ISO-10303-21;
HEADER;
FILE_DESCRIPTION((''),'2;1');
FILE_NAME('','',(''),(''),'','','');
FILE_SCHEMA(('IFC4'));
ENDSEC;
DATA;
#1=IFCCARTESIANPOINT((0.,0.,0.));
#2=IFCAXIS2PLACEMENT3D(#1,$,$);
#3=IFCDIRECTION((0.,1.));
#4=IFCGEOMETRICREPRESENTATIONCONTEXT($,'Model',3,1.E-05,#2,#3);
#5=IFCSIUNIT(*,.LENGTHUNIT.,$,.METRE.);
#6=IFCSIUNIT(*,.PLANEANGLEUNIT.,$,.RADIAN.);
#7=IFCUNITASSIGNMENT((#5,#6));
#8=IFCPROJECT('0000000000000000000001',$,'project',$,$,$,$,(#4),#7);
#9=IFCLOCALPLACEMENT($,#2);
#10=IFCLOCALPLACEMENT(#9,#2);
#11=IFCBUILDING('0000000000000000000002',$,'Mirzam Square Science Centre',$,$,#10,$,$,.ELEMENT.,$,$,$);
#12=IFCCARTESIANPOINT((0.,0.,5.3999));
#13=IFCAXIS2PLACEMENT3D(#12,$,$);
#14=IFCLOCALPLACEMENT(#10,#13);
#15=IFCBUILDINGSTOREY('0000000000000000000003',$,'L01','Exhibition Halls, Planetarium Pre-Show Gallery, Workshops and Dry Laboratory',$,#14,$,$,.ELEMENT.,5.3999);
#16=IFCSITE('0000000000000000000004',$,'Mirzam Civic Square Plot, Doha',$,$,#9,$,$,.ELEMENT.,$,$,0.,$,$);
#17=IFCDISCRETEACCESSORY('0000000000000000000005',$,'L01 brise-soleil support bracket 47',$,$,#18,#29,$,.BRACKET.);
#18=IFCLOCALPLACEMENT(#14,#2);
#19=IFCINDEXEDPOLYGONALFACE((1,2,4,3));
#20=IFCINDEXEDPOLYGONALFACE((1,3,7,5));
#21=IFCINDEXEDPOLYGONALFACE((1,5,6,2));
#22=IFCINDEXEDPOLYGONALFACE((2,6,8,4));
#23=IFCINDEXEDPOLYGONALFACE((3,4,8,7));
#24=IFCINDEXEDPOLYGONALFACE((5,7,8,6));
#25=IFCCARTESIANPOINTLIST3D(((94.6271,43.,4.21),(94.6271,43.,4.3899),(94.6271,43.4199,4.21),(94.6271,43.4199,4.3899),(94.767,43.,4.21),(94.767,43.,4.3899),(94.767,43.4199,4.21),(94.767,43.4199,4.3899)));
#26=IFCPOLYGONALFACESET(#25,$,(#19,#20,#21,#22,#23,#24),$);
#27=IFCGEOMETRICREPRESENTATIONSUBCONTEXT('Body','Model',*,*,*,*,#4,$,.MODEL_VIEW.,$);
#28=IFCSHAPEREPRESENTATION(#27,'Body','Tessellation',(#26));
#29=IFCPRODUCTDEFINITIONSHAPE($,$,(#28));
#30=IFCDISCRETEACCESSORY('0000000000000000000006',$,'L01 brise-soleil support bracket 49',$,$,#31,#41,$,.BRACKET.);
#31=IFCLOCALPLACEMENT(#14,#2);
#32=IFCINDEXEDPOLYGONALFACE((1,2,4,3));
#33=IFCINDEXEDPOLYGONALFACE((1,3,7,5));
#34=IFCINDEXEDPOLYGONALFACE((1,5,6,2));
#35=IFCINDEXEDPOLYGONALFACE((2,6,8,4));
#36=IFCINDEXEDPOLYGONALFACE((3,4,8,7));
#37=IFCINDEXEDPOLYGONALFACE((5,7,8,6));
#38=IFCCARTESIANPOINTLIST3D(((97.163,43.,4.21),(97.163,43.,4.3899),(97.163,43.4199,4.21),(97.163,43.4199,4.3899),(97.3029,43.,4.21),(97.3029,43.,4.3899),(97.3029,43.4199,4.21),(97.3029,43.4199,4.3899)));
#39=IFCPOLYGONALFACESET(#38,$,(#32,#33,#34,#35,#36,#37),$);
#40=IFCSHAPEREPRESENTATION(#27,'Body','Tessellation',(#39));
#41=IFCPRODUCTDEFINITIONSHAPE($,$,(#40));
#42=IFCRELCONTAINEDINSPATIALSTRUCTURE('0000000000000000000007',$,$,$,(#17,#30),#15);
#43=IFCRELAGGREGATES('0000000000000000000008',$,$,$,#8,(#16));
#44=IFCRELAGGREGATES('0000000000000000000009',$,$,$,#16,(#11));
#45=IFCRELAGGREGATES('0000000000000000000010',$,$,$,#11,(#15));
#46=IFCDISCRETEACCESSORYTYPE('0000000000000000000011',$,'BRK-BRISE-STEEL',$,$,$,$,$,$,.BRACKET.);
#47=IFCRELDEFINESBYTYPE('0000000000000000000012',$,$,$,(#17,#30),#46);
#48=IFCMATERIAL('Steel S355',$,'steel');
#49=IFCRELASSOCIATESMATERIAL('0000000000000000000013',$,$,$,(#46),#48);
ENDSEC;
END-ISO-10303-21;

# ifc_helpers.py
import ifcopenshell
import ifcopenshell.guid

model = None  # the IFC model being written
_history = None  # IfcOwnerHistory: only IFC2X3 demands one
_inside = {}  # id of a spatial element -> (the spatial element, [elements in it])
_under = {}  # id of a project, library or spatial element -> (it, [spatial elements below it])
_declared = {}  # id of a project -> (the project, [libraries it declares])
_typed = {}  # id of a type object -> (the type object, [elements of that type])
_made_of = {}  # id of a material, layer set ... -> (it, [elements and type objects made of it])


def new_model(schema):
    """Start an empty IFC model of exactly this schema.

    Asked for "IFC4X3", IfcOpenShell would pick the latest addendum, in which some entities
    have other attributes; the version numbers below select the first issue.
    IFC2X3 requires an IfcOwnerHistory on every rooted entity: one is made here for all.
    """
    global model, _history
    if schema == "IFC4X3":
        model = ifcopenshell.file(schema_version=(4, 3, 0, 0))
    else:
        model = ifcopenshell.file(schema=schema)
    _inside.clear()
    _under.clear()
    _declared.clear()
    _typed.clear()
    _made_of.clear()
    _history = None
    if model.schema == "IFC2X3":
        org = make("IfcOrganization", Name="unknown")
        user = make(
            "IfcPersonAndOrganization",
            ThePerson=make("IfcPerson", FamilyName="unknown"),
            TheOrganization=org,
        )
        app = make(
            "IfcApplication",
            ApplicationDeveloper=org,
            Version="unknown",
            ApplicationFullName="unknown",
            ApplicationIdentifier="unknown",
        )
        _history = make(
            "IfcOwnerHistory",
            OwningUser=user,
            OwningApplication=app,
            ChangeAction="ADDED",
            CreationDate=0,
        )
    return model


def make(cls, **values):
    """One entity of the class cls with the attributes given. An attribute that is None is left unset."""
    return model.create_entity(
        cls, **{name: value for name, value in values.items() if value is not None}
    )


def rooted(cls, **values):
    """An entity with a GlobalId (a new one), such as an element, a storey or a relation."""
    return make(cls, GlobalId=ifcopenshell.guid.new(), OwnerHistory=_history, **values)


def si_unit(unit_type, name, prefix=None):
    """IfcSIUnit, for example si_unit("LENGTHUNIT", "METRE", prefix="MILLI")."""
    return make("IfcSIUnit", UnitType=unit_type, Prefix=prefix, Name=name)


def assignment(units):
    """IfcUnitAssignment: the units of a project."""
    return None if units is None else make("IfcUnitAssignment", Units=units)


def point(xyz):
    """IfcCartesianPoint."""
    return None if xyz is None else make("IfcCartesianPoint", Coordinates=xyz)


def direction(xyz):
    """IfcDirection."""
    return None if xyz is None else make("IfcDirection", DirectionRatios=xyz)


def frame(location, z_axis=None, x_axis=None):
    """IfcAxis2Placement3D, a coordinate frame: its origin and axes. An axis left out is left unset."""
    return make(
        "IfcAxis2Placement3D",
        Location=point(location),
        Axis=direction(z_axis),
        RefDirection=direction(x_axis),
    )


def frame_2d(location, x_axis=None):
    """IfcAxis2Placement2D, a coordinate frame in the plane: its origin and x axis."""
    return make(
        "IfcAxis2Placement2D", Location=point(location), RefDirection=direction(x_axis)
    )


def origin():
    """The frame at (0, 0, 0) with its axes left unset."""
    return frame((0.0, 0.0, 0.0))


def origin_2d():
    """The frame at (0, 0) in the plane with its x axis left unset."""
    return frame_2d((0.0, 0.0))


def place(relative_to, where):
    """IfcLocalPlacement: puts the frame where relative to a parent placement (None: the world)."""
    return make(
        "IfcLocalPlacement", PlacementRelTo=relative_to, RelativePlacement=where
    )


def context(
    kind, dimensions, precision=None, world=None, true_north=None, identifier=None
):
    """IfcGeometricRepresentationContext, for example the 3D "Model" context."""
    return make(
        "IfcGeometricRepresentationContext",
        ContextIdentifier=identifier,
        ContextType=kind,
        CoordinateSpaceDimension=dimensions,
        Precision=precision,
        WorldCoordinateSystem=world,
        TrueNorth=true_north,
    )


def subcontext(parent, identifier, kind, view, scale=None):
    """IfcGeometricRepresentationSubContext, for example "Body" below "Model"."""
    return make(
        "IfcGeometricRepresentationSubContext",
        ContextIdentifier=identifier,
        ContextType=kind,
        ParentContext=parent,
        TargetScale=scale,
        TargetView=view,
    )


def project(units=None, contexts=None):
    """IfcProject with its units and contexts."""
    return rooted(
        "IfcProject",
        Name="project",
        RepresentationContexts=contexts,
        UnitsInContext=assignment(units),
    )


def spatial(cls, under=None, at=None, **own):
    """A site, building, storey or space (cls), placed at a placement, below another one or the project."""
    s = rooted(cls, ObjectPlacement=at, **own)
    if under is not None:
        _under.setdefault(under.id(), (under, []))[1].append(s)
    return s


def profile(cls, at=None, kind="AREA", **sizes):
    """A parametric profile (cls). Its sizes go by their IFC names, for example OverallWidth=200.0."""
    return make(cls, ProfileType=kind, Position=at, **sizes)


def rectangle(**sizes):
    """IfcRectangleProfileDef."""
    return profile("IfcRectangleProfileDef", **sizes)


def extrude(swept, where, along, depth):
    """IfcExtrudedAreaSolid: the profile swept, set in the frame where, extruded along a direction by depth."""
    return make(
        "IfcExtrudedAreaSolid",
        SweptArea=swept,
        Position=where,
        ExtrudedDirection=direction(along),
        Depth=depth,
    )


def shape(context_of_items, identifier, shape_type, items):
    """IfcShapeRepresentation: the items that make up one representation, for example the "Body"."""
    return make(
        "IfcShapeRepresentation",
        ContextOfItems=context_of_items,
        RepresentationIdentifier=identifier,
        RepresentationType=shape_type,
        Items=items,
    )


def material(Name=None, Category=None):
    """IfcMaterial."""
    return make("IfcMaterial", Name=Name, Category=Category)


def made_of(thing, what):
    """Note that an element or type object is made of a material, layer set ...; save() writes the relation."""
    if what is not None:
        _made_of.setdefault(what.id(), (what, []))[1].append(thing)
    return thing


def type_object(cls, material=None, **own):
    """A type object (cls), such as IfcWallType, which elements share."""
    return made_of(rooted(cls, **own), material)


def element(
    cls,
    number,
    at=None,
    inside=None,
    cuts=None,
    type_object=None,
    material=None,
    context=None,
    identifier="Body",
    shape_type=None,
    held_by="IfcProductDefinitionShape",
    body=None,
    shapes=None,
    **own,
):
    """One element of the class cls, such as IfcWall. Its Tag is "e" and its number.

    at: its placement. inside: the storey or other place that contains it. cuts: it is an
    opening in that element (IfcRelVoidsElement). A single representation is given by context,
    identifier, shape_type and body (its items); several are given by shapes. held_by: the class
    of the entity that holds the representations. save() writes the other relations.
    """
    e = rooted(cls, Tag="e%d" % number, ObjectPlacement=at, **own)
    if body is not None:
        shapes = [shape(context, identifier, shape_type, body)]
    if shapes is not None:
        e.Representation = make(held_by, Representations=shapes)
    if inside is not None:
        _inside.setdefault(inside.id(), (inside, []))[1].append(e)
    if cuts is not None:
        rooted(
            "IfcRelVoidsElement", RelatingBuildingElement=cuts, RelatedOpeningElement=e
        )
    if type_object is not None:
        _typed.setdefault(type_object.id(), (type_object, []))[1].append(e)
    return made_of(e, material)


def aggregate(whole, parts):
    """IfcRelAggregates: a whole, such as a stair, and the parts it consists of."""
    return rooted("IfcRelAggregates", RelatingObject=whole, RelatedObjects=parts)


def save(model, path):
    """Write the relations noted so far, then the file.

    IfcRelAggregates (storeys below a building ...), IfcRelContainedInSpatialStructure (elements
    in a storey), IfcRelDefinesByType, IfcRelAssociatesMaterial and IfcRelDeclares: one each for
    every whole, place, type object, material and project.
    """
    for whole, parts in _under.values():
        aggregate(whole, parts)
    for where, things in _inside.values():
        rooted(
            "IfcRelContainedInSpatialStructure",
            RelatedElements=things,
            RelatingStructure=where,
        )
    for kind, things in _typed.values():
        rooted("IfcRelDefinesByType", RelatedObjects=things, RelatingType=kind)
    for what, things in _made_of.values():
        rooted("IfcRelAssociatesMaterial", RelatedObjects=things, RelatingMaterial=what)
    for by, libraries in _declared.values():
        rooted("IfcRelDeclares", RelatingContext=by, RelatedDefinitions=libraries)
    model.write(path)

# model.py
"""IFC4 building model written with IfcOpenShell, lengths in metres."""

from ifc_helpers import new_model, si_unit, direction, frame, origin, origin_2d, place, context, subcontext, project, spatial, rectangle, extrude, material, type_object, element, save


model = new_model("IFC4")

# Units and contexts
model_context = context("Model", 3, precision=1e-05, world=origin(), true_north=direction((0.0, 1.0)))
body_context = subcontext(model_context, "Body", "Model", "MODEL_VIEW")
ifc_project = project(units=[si_unit("LENGTHUNIT", "METRE"), si_unit("PLANEANGLEUNIT", "RADIAN")], contexts=[model_context])

# Site, building, storey
site_placement = place(None, origin())
site = spatial("IfcSite", under=ifc_project, at=site_placement, Name="Mirzam Civic Square Plot, Doha", CompositionType="ELEMENT", RefElevation=0.0)
building_placement = place(site_placement, origin())
building = spatial("IfcBuilding", under=site, at=building_placement, Name="Mirzam Square Science Centre", CompositionType="ELEMENT")
storey_placement = place(building_placement, frame((0.0, 0.0, 5.3999)))
storey = spatial("IfcBuildingStorey", under=building, at=storey_placement, Name="L01", Description="Exhibition Halls, Planetarium Pre-Show Gallery, Workshops and Dry Laboratory", CompositionType="ELEMENT", Elevation=5.3999)

# Shared definitions
ifc_material_1 = material(Name="Steel S355", Category="steel")

# Discrete accessories
discrete_accessory_type = type_object("IfcDiscreteAccessoryType", Name="BRK-BRISE-STEEL", PredefinedType="BRACKET", material=ifc_material_1)
for number, where, z_axis, x_axis, name in (
    (1, (94.697, 43.21, 4.21), (0.0, 0.0, 1.0), (1.0, 0.0, 0.0), "L01 brise-soleil support bracket 47"),
    (2, (97.2329, 43.21, 4.21), (0.0, 0.0, 1.0), (1.0, 0.0, 0.0), "L01 brise-soleil support bracket 49"),
):
    element("IfcDiscreteAccessory", number, at=place(storey_placement, frame(where, z_axis=z_axis, x_axis=x_axis)), inside=storey, type_object=discrete_accessory_type, Name=name, PredefinedType="BRACKET", context=body_context, shape_type="SweptSolid", body=[
        extrude(rectangle(XDim=0.1399, YDim=0.4199, at=origin_2d()), origin(), (0.0, 0.0, 1.0), 0.1799),
    ])

save(model, "model.ifc")
